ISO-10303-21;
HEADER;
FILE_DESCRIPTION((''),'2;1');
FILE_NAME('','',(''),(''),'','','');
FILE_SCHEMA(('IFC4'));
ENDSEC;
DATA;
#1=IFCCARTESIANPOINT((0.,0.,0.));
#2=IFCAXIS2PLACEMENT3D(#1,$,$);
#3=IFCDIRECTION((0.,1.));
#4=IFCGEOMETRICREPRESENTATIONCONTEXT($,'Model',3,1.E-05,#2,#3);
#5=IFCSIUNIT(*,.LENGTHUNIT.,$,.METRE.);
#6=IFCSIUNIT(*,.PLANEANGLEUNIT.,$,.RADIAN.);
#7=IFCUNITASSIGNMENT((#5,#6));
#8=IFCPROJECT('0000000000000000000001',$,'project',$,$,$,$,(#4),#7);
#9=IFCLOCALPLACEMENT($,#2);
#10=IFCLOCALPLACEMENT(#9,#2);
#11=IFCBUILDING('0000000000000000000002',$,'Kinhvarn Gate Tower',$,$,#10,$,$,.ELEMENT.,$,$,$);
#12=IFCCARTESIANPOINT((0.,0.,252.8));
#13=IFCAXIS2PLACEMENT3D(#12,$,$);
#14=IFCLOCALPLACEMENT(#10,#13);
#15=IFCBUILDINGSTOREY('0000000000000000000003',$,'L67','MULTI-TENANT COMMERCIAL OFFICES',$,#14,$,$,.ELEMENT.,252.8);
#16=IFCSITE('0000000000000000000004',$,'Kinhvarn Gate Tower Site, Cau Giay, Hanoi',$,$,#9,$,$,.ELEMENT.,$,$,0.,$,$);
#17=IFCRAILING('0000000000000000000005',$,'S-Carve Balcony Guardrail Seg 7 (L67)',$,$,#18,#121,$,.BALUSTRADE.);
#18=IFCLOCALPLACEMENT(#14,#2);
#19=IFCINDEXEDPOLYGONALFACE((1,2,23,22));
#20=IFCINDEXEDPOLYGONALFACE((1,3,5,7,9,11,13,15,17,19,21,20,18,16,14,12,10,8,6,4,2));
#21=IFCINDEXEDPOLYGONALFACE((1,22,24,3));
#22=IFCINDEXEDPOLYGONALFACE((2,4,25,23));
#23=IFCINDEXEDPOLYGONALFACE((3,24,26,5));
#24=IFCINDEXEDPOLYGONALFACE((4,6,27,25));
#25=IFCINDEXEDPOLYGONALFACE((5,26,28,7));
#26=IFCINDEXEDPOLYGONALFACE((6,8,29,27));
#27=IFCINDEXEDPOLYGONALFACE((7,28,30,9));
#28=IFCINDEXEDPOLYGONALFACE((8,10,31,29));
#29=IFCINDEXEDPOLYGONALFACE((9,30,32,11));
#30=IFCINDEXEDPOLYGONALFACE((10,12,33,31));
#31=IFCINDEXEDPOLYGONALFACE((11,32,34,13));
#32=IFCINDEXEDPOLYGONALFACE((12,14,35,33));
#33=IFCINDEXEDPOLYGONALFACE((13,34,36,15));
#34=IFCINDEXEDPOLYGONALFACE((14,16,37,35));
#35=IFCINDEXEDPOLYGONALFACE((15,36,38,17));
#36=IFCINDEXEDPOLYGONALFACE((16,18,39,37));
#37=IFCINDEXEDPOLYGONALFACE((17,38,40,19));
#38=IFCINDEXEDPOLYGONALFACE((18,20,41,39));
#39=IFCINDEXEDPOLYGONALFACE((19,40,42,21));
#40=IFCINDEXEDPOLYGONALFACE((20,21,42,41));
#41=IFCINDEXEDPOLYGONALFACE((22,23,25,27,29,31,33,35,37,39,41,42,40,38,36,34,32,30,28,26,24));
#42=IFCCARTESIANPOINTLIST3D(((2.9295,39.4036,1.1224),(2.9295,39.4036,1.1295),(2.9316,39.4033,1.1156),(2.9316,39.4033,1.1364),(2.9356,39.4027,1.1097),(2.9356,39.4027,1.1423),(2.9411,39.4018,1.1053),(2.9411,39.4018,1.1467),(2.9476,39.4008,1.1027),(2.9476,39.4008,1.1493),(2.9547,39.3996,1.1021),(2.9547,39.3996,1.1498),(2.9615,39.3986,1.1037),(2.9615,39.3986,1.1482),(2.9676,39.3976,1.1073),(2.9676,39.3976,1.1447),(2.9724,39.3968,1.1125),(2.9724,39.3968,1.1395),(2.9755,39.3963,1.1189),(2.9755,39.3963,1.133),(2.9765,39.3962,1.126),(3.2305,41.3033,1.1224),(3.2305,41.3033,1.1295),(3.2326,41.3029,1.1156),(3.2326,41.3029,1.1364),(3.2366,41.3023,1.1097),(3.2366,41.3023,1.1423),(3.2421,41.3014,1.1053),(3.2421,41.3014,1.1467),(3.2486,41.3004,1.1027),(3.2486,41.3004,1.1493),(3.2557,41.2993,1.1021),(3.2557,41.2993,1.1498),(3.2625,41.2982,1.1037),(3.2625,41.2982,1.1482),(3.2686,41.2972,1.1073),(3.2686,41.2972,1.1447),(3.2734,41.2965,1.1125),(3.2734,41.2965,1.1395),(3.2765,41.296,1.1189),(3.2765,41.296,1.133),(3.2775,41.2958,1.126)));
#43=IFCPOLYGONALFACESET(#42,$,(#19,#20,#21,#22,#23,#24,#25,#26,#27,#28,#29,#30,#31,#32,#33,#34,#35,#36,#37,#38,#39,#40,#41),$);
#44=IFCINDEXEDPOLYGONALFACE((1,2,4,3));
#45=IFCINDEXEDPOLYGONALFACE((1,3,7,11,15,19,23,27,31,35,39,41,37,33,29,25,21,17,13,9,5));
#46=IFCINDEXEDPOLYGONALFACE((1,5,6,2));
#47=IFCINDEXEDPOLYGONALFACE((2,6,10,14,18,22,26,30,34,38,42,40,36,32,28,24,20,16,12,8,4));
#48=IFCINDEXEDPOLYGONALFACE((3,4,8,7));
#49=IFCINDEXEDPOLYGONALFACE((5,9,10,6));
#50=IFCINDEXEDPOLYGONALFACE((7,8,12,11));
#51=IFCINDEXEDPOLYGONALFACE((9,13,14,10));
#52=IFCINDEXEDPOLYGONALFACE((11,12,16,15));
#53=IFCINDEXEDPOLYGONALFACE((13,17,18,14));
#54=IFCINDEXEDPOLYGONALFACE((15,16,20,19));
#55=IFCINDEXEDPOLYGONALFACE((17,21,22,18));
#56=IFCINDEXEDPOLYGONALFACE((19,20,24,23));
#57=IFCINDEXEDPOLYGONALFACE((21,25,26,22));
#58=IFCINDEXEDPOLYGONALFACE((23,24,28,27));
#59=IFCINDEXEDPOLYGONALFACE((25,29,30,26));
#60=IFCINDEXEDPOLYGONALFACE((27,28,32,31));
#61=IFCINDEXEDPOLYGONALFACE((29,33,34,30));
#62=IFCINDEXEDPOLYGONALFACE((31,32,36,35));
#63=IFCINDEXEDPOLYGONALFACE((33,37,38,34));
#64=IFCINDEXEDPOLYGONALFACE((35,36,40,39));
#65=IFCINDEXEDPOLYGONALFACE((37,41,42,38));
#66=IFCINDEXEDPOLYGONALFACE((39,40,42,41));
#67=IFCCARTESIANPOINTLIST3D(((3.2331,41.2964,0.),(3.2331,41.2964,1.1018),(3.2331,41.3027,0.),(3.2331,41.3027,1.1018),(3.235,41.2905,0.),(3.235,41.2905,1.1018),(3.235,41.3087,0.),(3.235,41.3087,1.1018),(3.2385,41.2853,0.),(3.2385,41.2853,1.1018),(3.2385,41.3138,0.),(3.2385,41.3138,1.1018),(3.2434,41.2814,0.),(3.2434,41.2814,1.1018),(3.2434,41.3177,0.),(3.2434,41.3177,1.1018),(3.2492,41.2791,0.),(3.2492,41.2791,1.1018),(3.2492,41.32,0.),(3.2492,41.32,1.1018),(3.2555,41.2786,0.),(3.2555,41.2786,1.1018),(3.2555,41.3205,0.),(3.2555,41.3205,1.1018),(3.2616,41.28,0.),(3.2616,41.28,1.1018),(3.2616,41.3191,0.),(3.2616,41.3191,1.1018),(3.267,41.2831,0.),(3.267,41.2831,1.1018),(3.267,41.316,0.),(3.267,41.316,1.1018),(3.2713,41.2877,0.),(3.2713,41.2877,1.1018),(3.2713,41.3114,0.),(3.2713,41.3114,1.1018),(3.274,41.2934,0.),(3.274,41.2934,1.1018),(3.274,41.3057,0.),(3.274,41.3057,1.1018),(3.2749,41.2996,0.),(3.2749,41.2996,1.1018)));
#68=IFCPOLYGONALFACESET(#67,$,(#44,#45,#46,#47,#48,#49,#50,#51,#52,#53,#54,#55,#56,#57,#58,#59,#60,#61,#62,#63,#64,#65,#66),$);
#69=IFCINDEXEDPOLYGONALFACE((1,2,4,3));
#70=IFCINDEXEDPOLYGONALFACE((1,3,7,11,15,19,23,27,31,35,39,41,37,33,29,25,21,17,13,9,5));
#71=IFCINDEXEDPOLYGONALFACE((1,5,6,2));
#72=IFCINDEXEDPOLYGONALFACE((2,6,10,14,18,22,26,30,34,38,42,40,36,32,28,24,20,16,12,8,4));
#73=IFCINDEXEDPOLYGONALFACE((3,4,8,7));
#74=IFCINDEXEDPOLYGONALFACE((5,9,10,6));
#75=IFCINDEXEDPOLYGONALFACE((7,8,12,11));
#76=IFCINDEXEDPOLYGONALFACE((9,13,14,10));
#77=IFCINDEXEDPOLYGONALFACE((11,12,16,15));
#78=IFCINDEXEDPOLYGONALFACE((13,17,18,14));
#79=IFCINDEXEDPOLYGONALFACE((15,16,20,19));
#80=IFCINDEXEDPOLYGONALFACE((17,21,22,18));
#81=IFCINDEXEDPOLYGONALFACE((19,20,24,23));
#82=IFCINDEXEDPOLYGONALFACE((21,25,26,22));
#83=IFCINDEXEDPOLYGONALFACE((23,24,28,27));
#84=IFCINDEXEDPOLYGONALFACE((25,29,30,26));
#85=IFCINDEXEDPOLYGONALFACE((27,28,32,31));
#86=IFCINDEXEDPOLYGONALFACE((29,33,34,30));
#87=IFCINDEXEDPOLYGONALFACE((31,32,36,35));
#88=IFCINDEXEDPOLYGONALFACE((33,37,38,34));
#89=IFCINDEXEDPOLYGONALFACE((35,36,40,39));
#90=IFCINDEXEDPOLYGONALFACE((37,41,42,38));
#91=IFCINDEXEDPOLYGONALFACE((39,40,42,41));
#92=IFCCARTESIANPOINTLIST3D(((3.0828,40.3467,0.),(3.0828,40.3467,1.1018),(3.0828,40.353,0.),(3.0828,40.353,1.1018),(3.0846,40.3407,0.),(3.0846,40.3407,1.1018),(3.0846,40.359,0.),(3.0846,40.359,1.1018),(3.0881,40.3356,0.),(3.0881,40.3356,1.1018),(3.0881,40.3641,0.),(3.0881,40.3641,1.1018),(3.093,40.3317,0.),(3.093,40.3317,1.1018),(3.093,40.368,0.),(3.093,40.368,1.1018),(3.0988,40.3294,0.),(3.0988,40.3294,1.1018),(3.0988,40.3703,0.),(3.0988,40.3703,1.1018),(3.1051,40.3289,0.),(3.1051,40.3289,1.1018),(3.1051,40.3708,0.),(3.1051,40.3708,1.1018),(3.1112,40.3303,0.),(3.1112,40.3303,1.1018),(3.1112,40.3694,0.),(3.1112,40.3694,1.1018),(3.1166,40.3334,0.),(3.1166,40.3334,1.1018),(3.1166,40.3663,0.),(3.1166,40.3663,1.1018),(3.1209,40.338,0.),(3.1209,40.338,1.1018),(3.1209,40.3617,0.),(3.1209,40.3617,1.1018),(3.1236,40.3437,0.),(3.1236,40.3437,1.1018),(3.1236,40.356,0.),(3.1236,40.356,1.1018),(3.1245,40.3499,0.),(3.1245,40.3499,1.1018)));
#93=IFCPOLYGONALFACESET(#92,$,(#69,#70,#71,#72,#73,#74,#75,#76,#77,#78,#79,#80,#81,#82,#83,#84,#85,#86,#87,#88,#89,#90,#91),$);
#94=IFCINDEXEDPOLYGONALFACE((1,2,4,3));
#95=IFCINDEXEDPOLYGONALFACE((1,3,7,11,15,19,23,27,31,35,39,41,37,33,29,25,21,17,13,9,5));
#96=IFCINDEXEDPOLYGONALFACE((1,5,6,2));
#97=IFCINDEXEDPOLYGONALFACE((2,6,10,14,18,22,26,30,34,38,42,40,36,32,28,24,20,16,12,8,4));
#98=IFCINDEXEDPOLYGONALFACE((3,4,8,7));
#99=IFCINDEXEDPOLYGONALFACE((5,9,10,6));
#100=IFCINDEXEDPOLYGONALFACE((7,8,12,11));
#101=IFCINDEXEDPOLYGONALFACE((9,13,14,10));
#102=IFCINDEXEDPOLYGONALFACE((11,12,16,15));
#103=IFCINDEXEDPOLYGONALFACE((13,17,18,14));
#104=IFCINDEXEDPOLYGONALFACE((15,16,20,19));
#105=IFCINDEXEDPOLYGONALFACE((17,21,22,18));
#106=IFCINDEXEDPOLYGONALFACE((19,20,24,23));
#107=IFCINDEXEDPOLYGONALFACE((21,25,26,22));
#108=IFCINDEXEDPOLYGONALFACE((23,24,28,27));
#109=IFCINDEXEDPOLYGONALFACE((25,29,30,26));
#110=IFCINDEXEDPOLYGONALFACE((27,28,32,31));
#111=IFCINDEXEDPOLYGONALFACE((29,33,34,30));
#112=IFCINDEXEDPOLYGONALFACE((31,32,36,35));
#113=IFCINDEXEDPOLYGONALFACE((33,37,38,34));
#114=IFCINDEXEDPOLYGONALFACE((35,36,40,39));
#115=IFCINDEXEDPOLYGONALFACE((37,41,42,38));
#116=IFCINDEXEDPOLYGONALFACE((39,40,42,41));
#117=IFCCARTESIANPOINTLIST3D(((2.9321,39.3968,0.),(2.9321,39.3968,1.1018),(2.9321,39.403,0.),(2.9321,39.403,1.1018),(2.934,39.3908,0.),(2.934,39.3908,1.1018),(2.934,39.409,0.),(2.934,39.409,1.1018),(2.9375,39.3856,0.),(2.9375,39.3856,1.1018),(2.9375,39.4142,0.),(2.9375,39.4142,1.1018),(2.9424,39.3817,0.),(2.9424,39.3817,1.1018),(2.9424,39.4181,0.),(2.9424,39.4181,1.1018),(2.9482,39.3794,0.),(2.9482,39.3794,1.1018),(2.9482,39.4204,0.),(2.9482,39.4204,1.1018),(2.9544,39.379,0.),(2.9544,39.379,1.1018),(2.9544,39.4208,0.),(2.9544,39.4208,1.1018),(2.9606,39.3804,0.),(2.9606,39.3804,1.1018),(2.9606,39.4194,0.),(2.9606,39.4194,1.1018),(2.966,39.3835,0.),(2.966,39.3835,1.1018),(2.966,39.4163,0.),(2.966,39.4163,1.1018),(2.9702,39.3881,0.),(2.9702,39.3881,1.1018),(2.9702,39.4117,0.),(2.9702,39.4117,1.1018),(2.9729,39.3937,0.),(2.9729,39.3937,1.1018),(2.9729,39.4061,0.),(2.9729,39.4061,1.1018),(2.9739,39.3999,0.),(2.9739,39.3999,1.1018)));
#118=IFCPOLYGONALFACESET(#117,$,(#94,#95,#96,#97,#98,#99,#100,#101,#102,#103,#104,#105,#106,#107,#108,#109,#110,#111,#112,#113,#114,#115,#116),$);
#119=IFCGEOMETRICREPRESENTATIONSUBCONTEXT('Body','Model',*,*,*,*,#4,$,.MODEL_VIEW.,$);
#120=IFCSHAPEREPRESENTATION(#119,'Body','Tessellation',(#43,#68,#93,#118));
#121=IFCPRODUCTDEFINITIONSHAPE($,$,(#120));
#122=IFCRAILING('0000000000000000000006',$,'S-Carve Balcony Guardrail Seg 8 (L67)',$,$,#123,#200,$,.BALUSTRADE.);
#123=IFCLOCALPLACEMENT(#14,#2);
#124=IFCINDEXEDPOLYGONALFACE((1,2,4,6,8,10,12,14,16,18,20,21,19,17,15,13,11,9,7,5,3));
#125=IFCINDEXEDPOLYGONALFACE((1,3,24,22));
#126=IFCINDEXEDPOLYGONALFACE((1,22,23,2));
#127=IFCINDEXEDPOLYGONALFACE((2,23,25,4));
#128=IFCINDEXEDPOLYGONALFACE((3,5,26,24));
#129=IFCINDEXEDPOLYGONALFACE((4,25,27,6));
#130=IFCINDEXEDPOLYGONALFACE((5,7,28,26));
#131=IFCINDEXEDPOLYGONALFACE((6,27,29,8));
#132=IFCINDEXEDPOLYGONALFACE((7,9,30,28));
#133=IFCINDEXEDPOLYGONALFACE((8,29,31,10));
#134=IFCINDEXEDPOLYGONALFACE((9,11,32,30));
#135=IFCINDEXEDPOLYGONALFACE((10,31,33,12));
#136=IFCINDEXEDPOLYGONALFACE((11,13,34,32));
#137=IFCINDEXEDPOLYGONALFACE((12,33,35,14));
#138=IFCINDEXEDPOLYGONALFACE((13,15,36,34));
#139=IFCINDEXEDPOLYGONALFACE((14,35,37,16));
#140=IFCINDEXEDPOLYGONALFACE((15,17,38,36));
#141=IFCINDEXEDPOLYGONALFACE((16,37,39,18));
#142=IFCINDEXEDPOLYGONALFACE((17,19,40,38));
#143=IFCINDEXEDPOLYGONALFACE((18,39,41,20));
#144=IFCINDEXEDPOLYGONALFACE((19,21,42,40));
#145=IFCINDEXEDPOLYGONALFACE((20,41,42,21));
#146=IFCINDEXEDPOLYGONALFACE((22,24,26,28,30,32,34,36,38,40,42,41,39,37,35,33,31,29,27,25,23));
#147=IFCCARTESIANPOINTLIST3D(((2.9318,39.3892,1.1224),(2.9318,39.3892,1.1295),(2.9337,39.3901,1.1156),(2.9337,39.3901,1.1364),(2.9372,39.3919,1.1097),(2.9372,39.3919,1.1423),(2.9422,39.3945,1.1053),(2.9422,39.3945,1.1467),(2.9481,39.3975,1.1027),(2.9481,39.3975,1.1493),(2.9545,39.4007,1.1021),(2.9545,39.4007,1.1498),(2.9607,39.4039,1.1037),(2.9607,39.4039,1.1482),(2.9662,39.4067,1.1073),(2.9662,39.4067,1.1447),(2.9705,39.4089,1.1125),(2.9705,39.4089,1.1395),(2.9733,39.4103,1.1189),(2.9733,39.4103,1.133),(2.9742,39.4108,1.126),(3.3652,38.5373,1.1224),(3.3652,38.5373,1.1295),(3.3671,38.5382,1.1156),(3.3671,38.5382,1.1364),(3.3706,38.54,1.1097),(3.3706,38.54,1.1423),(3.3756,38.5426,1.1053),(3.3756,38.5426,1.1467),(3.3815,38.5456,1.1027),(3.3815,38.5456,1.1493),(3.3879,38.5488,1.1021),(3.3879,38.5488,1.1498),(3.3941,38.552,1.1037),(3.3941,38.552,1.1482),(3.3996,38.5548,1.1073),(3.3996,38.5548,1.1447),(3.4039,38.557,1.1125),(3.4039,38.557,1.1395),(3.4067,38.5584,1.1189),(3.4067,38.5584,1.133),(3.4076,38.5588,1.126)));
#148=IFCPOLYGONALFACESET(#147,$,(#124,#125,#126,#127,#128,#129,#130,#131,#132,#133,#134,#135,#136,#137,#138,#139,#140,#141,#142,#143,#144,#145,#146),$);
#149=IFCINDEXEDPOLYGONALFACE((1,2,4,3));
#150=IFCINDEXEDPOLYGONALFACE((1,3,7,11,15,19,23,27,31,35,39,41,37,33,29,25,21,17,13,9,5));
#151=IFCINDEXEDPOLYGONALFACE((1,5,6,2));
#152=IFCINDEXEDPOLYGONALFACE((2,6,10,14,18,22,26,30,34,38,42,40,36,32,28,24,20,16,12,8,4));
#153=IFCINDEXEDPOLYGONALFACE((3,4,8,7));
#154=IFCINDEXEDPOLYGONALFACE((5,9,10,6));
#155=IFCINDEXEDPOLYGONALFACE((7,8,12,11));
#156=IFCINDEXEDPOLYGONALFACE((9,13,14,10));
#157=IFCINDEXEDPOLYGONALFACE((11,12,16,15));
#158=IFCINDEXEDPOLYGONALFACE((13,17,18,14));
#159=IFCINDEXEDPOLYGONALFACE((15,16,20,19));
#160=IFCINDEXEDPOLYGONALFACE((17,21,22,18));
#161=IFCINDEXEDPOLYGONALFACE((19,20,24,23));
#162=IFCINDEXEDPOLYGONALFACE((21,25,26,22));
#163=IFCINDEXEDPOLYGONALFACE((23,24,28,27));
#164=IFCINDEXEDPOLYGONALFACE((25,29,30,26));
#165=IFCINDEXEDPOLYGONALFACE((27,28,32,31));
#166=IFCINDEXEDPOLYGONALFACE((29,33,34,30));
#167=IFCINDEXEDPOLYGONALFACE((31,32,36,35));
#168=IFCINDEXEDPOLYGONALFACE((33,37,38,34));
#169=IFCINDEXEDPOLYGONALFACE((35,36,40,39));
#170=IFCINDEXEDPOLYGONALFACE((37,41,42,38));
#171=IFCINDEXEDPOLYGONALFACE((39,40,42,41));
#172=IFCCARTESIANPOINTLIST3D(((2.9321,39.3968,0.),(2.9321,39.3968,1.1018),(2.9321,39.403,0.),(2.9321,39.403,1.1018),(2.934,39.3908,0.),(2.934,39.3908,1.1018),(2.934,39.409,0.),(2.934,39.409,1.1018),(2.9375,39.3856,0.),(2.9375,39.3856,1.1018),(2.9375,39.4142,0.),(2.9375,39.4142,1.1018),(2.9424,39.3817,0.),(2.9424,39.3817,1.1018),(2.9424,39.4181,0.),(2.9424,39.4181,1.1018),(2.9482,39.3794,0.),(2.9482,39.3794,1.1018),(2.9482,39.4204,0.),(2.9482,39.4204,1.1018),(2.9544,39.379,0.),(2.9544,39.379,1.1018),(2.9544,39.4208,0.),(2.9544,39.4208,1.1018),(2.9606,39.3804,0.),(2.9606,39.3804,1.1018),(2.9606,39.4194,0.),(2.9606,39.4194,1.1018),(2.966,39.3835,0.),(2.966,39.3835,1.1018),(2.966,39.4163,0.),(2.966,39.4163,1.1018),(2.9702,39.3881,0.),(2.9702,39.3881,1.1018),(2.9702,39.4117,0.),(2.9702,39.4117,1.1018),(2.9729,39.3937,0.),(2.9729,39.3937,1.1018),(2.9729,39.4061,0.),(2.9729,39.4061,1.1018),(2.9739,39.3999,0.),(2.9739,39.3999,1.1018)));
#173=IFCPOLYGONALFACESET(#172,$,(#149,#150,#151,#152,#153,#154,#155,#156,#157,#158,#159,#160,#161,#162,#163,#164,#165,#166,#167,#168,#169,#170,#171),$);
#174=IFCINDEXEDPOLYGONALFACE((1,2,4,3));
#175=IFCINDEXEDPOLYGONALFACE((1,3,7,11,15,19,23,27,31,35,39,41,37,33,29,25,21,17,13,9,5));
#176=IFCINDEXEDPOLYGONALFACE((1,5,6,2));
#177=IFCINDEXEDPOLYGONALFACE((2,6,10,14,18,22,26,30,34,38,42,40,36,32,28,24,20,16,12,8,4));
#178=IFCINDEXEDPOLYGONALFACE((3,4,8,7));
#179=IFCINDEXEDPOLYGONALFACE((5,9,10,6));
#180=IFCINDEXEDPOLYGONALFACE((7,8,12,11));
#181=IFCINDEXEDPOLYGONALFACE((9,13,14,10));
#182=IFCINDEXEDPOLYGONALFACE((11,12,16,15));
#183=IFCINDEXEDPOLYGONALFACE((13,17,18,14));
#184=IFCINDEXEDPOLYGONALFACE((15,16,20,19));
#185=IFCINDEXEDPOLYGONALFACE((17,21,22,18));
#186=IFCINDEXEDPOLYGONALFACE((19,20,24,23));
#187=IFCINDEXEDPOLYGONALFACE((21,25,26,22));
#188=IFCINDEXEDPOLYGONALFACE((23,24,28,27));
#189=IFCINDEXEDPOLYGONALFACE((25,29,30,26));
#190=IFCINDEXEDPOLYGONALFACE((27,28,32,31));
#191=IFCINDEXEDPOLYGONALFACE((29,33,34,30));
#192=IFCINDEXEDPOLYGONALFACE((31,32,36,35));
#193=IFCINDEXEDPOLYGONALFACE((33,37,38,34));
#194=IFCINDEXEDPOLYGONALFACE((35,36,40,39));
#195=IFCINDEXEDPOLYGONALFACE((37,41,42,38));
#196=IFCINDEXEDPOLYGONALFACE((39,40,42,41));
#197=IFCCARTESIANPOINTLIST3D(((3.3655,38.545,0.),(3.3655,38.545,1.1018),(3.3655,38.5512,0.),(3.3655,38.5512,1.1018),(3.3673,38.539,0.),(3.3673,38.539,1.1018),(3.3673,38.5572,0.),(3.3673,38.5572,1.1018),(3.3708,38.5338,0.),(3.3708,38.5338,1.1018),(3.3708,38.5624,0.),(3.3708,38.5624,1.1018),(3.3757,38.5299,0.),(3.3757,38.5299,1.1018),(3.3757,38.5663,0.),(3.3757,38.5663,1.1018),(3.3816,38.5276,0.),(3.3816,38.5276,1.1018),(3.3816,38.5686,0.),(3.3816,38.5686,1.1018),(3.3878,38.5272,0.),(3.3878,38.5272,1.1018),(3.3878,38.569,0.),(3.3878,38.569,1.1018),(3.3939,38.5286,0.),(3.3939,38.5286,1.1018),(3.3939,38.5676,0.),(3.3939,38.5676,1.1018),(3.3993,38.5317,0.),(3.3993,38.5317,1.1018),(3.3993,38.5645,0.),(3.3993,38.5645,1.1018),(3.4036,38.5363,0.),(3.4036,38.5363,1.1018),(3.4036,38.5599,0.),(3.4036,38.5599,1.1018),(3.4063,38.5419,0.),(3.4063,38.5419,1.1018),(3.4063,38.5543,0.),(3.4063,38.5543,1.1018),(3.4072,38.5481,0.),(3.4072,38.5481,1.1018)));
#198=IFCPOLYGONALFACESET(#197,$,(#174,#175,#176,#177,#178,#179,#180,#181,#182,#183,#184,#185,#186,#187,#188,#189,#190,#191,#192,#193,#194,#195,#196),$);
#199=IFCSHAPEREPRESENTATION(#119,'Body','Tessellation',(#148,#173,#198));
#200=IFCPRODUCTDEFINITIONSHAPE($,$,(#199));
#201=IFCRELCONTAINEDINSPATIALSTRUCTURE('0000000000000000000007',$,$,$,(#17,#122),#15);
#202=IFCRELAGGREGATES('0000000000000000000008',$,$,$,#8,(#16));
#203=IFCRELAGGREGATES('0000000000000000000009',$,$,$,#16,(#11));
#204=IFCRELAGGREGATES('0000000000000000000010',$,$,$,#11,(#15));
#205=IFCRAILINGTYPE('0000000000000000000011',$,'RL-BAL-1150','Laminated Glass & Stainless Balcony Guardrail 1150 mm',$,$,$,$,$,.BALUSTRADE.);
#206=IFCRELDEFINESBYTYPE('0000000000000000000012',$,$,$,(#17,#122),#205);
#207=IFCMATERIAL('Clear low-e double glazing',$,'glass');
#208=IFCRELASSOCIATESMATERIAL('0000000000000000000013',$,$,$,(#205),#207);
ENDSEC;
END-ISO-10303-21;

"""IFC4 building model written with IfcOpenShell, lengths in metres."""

from ifc_helpers import new_model, si_unit, direction, frame, origin, origin_2d, place, context, subcontext, project, spatial, circle, extrude, material, type_object, element, save


model = new_model("IFC4")

# Units and contexts
model_context = context("Model", 3, precision=1e-05, world=origin(), true_north=direction((0.0, 1.0)))
body_context = subcontext(model_context, "Body", "Model", "MODEL_VIEW")
ifc_project = project(units=[si_unit("LENGTHUNIT", "METRE"), si_unit("PLANEANGLEUNIT", "RADIAN")], contexts=[model_context])

# Site, building, storey
site_placement = place(None, origin())
site = spatial("IfcSite", under=ifc_project, at=site_placement, Name="Kinhvarn Gate Tower Site, Cau Giay, Hanoi", CompositionType="ELEMENT", RefElevation=0.0)
building_placement = place(site_placement, origin())
building = spatial("IfcBuilding", under=site, at=building_placement, Name="Kinhvarn Gate Tower", CompositionType="ELEMENT")
storey_placement = place(building_placement, frame((0.0, 0.0, 252.8)))
storey = spatial("IfcBuildingStorey", under=building, at=storey_placement, Name="L67", Description="MULTI-TENANT COMMERCIAL OFFICES", CompositionType="ELEMENT", Elevation=252.8)

# Shared definitions
ifc_material_1 = material(Name="Clear low-e double glazing", Category="glass")

# Railings
railing_type = type_object("IfcRailingType", Name="RL-BAL-1150", Description="Laminated Glass & Stainless Balcony Guardrail 1150 mm", PredefinedType="BALUSTRADE", material=ifc_material_1)
railing_1_placement = place(storey_placement, frame((3.2539, 41.2996, 0.0)))
element("IfcRailing", 1, at=railing_1_placement, inside=storey, type_object=railing_type, Name="S-Carve Balcony Guardrail Seg 7 (L67)", PredefinedType="BALUSTRADE", context=body_context, shape_type="SweptSolid", body=[
    extrude(circle(Radius=0.0239, at=origin_2d()), frame((0.0, 0.0, 1.126), z_axis=(-0.15651, -0.987676, 0.0), x_axis=(0.987676, -0.15651, 0.0)), (0.0, 0.0, 1.0), 1.9233),
    extrude(circle(Radius=0.021, at=origin_2d()), origin(), (0.0, 0.0, 1.0), 1.1018),
    extrude(circle(Radius=0.021, at=origin_2d()), frame((-0.1504, -0.9497, 0.0)), (0.0, 0.0, 1.0), 1.1018),
    extrude(circle(Radius=0.021, at=origin_2d()), frame((-0.301, -1.8997, 0.0)), (0.0, 0.0, 1.0), 1.1018),
])
railing_2_placement = place(storey_placement, frame((2.9529, 39.3999, 0.0)))
element("IfcRailing", 2, at=railing_2_placement, inside=storey, type_object=railing_type, Name="S-Carve Balcony Guardrail Seg 8 (L67)", PredefinedType="BALUSTRADE", context=body_context, shape_type="SweptSolid", body=[
    extrude(circle(Radius=0.0239, at=origin_2d()), frame((0.0, 0.0, 1.126), z_axis=(0.453436, -0.891289, 0.0), x_axis=(0.891289, 0.453436, 0.0)), (0.0, 0.0, 1.0), 0.9558),
    extrude(circle(Radius=0.021, at=origin_2d()), origin(), (0.0, 0.0, 1.0), 1.1018),
    extrude(circle(Radius=0.021, at=origin_2d()), frame((0.4333, -0.8518, 0.0)), (0.0, 0.0, 1.0), 1.1018),
])

save(model, "model.ifc")
